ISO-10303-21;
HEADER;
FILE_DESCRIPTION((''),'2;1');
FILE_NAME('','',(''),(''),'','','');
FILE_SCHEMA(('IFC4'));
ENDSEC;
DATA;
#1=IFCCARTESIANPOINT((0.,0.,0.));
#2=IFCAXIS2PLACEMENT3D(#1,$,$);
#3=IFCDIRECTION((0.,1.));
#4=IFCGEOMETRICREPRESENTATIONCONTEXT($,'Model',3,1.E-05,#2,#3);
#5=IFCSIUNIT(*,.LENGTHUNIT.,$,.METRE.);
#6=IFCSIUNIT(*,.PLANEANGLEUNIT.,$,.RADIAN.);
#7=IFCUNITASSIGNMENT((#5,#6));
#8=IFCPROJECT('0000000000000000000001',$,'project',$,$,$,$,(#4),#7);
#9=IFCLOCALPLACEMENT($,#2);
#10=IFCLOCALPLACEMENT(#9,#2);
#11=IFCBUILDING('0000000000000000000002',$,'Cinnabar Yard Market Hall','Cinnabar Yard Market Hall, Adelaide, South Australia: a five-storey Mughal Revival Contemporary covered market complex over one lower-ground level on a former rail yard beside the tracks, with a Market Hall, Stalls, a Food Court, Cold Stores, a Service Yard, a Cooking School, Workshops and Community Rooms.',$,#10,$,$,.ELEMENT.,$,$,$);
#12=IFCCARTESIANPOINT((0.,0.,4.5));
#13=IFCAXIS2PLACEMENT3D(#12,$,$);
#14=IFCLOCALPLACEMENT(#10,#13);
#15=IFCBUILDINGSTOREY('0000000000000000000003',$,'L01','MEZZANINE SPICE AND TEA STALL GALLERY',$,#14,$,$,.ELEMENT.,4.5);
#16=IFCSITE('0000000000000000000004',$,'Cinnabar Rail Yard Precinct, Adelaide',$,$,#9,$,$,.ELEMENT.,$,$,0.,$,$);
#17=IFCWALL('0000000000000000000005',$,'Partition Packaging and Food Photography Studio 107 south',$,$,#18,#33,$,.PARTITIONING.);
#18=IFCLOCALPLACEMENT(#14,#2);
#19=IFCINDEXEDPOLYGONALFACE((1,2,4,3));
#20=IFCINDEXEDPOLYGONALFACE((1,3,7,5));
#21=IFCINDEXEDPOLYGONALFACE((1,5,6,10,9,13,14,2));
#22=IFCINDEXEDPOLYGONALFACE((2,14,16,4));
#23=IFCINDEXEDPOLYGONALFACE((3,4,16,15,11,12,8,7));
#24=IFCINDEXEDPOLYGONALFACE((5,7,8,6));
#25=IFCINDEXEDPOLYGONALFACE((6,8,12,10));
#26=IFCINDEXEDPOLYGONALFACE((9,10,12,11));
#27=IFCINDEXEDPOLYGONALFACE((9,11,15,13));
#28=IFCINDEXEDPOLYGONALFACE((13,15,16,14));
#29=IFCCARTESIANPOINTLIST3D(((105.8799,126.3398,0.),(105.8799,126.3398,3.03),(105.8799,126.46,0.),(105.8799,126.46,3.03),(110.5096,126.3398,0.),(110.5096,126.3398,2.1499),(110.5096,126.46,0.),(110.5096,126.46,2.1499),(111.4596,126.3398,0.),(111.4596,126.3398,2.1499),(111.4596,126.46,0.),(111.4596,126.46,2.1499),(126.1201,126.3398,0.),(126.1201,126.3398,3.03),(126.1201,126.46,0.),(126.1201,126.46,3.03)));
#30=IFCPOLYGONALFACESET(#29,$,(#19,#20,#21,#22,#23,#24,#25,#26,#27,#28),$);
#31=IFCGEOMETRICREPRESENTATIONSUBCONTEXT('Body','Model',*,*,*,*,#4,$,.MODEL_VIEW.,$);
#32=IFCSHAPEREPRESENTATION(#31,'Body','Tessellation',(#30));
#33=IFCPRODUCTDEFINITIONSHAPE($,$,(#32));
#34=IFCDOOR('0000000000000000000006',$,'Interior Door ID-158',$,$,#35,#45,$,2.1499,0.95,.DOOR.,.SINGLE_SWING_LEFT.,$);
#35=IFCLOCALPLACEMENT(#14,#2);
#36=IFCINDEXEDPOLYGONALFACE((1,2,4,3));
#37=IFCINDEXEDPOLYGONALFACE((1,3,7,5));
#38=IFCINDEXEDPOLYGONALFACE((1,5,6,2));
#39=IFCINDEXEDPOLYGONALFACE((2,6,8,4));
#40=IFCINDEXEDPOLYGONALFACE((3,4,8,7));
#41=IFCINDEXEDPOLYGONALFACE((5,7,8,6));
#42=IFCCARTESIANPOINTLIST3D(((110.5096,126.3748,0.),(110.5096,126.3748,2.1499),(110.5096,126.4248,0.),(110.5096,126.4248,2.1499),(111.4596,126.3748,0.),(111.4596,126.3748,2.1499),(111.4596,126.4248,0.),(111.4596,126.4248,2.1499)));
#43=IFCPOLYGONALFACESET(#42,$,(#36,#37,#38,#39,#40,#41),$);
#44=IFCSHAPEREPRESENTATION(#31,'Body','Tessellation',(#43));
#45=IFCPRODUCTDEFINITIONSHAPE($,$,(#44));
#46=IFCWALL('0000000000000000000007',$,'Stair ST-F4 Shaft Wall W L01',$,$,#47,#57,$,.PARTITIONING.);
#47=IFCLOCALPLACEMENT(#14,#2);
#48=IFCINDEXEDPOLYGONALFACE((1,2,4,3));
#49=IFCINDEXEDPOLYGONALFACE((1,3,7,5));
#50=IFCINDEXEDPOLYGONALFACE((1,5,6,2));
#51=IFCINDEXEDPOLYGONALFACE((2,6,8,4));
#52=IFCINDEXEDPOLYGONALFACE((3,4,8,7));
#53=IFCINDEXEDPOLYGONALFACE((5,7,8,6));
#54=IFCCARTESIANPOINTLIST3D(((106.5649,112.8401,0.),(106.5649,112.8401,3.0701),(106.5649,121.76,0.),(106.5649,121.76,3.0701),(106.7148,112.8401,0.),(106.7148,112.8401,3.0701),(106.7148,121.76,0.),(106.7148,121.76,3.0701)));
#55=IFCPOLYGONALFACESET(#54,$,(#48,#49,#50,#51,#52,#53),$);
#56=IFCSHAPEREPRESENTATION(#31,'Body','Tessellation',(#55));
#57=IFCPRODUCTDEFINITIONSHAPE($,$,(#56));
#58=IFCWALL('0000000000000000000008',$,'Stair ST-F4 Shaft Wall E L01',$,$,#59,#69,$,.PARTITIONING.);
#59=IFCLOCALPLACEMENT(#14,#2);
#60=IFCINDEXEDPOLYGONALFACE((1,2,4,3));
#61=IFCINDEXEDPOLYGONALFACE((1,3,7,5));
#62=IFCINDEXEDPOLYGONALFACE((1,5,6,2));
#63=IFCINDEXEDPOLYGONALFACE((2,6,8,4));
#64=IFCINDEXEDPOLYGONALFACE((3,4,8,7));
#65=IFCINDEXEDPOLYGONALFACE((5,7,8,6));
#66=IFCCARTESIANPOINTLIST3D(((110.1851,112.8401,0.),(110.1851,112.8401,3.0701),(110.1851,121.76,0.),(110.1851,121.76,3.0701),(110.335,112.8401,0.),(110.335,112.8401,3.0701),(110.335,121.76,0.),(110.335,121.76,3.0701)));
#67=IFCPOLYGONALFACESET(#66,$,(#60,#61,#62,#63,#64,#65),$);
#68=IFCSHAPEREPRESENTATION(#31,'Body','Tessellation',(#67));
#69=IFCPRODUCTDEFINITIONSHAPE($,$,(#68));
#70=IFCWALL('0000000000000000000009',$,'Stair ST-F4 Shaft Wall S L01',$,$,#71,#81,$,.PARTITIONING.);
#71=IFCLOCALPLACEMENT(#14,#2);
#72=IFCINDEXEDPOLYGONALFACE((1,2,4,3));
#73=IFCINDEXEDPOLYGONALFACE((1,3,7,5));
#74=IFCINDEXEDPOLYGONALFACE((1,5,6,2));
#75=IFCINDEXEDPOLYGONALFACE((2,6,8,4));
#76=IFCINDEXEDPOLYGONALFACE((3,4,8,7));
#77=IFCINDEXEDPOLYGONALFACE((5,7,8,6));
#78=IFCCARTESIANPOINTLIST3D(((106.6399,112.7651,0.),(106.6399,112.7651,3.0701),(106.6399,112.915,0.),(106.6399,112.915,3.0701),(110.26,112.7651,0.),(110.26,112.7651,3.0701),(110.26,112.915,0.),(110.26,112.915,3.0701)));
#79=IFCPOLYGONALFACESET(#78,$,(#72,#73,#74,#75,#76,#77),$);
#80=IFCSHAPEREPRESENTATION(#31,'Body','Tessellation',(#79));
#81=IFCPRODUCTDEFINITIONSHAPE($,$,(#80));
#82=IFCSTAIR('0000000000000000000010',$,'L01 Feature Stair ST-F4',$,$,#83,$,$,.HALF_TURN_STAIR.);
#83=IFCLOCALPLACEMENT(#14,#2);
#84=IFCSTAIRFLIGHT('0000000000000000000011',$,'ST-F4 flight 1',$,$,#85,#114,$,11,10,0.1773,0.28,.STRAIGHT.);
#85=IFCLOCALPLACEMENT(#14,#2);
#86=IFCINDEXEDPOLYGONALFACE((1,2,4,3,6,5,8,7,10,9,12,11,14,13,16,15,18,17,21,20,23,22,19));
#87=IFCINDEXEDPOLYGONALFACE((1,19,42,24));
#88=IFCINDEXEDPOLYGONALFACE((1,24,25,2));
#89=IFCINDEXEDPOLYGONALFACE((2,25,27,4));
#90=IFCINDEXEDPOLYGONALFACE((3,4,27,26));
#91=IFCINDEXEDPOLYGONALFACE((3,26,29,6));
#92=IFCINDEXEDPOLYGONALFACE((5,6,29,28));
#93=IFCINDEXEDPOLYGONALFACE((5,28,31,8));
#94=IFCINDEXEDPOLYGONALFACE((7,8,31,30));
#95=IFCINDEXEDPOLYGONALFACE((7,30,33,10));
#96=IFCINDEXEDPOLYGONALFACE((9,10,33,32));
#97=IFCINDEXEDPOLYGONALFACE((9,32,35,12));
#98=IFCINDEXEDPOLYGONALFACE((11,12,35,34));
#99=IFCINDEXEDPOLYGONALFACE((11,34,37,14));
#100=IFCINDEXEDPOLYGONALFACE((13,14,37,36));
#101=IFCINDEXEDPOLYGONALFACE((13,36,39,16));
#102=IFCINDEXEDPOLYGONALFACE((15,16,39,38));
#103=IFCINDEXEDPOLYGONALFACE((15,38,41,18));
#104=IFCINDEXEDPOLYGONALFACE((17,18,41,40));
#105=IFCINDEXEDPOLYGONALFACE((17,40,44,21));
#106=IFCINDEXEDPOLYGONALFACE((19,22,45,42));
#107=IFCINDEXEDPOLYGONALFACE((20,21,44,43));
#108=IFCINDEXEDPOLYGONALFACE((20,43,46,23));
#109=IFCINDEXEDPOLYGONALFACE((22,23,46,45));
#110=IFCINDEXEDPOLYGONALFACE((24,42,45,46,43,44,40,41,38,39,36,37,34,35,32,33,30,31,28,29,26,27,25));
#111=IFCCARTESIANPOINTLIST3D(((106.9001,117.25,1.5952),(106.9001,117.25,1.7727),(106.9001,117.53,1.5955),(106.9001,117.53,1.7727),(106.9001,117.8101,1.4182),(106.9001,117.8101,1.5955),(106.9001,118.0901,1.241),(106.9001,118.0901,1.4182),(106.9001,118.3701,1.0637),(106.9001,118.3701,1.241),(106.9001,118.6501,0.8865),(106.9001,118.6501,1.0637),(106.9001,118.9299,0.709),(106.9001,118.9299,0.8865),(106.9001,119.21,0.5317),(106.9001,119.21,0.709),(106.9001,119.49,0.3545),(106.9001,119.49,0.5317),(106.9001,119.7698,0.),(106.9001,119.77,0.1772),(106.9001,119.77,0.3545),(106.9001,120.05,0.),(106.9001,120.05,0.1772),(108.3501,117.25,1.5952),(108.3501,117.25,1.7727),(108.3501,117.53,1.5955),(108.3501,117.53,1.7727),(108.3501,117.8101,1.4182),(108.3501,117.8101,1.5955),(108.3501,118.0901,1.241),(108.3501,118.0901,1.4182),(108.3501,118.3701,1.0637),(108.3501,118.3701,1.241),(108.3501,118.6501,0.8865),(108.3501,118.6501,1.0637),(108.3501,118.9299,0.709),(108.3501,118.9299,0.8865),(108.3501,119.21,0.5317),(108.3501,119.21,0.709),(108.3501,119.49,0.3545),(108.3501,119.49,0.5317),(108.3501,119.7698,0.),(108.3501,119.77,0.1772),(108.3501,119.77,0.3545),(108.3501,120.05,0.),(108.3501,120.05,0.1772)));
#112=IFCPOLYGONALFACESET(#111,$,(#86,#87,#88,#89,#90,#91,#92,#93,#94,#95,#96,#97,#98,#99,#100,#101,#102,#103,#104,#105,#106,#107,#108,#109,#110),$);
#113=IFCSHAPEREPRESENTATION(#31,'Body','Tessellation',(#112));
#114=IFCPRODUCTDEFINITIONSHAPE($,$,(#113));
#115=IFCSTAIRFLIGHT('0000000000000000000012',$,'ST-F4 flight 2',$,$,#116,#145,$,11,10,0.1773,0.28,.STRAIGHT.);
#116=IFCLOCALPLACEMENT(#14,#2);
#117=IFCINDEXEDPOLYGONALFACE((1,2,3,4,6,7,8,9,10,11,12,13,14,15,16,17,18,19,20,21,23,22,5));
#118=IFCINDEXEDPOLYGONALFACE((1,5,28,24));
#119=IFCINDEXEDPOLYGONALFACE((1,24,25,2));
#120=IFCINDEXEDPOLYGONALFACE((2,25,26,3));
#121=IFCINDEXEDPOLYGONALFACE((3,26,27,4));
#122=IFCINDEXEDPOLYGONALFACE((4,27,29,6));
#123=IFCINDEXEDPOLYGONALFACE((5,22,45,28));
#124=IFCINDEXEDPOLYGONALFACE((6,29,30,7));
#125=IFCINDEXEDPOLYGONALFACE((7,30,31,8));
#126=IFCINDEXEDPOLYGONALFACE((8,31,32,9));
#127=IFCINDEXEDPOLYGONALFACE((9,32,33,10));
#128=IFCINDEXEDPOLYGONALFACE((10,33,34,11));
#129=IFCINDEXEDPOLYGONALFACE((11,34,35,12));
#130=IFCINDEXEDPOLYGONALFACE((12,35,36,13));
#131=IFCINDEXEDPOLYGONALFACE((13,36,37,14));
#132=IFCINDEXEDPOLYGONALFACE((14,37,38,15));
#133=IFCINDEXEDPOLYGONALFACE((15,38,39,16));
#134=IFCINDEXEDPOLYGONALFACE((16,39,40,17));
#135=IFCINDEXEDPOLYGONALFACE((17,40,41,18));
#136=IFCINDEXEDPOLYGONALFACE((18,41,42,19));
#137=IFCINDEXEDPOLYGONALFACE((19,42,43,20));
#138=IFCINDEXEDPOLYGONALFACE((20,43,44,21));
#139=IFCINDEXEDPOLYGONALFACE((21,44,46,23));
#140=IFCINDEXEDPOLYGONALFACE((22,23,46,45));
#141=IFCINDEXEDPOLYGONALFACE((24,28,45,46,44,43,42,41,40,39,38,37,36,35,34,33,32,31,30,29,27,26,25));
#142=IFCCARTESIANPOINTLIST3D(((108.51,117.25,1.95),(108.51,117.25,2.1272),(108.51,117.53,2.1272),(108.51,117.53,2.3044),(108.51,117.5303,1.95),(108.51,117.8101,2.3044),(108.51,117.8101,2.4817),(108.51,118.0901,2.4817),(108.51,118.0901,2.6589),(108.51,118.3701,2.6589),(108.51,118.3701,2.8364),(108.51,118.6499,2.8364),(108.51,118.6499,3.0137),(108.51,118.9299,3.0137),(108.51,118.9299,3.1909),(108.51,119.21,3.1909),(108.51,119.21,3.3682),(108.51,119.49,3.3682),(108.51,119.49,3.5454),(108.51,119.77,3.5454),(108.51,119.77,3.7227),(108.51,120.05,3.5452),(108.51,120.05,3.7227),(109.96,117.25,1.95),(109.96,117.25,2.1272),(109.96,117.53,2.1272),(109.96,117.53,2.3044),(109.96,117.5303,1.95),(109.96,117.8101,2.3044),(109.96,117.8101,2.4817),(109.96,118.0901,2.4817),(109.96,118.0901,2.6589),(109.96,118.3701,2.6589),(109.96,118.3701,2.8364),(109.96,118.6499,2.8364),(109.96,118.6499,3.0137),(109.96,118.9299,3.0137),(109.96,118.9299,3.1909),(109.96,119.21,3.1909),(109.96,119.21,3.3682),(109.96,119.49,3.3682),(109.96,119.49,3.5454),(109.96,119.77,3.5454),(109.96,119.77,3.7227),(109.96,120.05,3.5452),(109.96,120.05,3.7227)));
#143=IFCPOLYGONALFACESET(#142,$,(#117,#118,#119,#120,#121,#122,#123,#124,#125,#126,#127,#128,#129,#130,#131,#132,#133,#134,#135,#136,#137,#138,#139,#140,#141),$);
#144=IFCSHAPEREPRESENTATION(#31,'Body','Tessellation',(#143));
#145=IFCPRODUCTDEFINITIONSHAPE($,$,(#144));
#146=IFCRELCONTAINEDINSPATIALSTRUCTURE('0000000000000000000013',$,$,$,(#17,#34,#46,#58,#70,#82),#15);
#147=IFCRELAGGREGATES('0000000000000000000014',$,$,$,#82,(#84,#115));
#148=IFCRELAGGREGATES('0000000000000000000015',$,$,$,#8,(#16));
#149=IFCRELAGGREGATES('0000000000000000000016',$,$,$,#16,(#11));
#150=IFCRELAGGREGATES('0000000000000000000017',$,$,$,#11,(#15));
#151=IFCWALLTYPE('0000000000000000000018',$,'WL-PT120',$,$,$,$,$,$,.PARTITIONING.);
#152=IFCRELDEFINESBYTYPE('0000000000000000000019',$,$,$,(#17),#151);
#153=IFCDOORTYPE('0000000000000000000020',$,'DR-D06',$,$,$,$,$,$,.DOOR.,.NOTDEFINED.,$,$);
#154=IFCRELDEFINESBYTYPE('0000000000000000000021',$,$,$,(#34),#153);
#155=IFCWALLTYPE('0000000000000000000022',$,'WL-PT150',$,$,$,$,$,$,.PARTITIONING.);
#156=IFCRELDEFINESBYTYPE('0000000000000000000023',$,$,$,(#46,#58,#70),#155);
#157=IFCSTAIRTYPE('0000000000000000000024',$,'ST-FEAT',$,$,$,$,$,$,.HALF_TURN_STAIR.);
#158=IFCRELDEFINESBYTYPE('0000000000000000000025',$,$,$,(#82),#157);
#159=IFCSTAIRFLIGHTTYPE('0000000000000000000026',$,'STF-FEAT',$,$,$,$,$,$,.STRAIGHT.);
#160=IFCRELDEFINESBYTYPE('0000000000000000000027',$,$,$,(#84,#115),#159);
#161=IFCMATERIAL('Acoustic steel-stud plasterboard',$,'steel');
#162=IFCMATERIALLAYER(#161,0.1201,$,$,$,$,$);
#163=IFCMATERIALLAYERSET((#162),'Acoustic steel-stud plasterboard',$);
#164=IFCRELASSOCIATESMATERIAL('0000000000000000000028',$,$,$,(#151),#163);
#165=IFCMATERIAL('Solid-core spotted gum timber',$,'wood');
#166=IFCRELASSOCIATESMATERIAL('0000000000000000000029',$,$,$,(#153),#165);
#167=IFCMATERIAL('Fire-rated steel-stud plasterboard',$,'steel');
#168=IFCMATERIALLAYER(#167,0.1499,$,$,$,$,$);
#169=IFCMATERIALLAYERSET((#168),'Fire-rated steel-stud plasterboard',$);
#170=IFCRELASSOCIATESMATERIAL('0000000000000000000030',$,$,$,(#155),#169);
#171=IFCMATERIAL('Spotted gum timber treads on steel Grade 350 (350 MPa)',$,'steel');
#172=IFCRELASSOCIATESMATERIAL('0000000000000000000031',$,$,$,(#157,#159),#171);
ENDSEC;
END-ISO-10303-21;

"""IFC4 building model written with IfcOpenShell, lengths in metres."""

from ifc_helpers import new_model, si_unit, direction, frame, frame_2d, origin, place, context, subcontext, project, spatial, polyline, rectangle, outline, extrude, material, layer, layer_set, type_object, element, fill, aggregate, save


model = new_model("IFC4")

# Units and contexts
model_context = context("Model", 3, precision=1e-05, world=origin(), true_north=direction((0.0, 1.0)))
body_context = subcontext(model_context, "Body", "Model", "MODEL_VIEW")
ifc_project = project(units=[si_unit("LENGTHUNIT", "METRE"), si_unit("PLANEANGLEUNIT", "RADIAN")], contexts=[model_context])

# Site, building, storey
site_placement = place(None, origin())
site = spatial("IfcSite", under=ifc_project, at=site_placement, Name="Cinnabar Rail Yard Precinct, Adelaide", CompositionType="ELEMENT", RefElevation=0.0)
building_placement = place(site_placement, origin())
building = spatial("IfcBuilding", under=site, at=building_placement, Name="Cinnabar Yard Market Hall", Description="Cinnabar Yard Market Hall, Adelaide, South Australia: a five-storey Mughal Revival Contemporary covered market complex over one lower-ground level on a former rail yard beside the tracks, with a Market Hall, Stalls, a Food Court, Cold Stores, a Service Yard, a Cooking School, Workshops and Community Rooms.", CompositionType="ELEMENT")
storey_placement = place(building_placement, frame((0.0, 0.0, 4.5)))
storey = spatial("IfcBuildingStorey", under=building, at=storey_placement, Name="L01", Description="MEZZANINE SPICE AND TEA STALL GALLERY", CompositionType="ELEMENT", Elevation=4.5)

# Shared definitions
ifc_material_1 = material(Name="Acoustic steel-stud plasterboard", Category="steel")
ifc_layer_1 = layer(ifc_material_1, 0.1201)
ifc_layer_set_1 = layer_set([ifc_layer_1], Name="Acoustic steel-stud plasterboard")
wall_type_1 = type_object("IfcWallType", Name="WL-PT120", PredefinedType="PARTITIONING", material=ifc_layer_set_1)

# Wall, opening, door
ifc_material_2 = material(Name="Solid-core spotted gum timber", Category="wood")
wall_1_placement = place(storey_placement, frame((105.8799, 126.3999, 0.0), z_axis=(0.0, 0.0, 1.0), x_axis=(1.0, 0.0, 0.0)))
wall_1 = element("IfcWall", 1, at=wall_1_placement, inside=storey, type_object=wall_type_1, Name="Partition Packaging and Food Photography Studio 107 south", PredefinedType="PARTITIONING", context=body_context, shape_type="SweptSolid", body=[
    extrude(rectangle(XDim=20.2402, YDim=0.1201, at=frame_2d((10.1201, 0.0), x_axis=(1.0, 0.0))), origin(), (0.0, 0.0, 1.0), 3.03),
])
opening_1_placement = place(wall_1_placement, frame((4.6296, 0.0, 0.0)))
opening_1 = element("IfcOpeningElement", 2, at=opening_1_placement, cuts=wall_1, PredefinedType="OPENING", context=body_context, shape_type="SweptSolid", body=[
    extrude(rectangle(XDim=0.95, YDim=2.1499, at=frame_2d((0.4751, 1.075), x_axis=(1.0, 0.0))), frame((0.0, 0.0701, 0.0), z_axis=(0.0, -1.0, 0.0), x_axis=(1.0, 0.0, 0.0)), (0.0, 0.0, 1.0), 0.1401),
])
door_type_1 = type_object("IfcDoorType", Name="DR-D06", OperationType="NOTDEFINED", PredefinedType="DOOR", material=ifc_material_2)
door_1_placement = place(opening_1_placement, origin())
door_1 = element("IfcDoor", 3, at=door_1_placement, inside=storey, type_object=door_type_1, Name="Interior Door ID-158", OperationType="SINGLE_SWING_LEFT", OverallHeight=2.1499, OverallWidth=0.95, PredefinedType="DOOR", context=body_context, shape_type="SweptSolid", body=[
    extrude(rectangle(XDim=0.95, YDim=2.1499, at=frame_2d((0.4751, 1.075), x_axis=(1.0, 0.0))), frame((0.0, 0.0249, 0.0), z_axis=(0.0, -1.0, 0.0), x_axis=(1.0, 0.0, 0.0)), (0.0, 0.0, 1.0), 0.05),
])
fill(opening_1, door_1)

# Walls
ifc_material_3 = material(Name="Fire-rated steel-stud plasterboard", Category="steel")
ifc_layer_2 = layer(ifc_material_3, 0.1499)
ifc_layer_set_2 = layer_set([ifc_layer_2], Name="Fire-rated steel-stud plasterboard")
wall_type_2 = type_object("IfcWallType", Name="WL-PT150", PredefinedType="PARTITIONING", material=ifc_layer_set_2)
for number, where, z_axis, x_axis, name in (
    (4, (106.6399, 121.76, 0.0), (0.0, 0.0, 1.0), (0.0, -1.0, 0.0), "Stair ST-F4 Shaft Wall W L01"),
    (5, (110.26, 112.8401, 0.0), (0.0, 0.0, 1.0), (0.0, 1.0, 0.0), "Stair ST-F4 Shaft Wall E L01"),
):
    element("IfcWall", number, at=place(storey_placement, frame(where, z_axis=z_axis, x_axis=x_axis)), inside=storey, type_object=wall_type_2, Name=name, PredefinedType="PARTITIONING", context=body_context, shape_type="SweptSolid", body=[
        extrude(rectangle(XDim=8.9199, YDim=0.1499, at=frame_2d((4.46, 0.0), x_axis=(1.0, 0.0))), origin(), (0.0, 0.0, 1.0), 3.0701),
    ])
wall_2_placement = place(storey_placement, frame((106.6399, 112.8401, 0.0), z_axis=(0.0, 0.0, 1.0), x_axis=(1.0, 0.0, 0.0)))
element("IfcWall", 6, at=wall_2_placement, inside=storey, type_object=wall_type_2, Name="Stair ST-F4 Shaft Wall S L01", PredefinedType="PARTITIONING", context=body_context, shape_type="SweptSolid", body=[
    extrude(rectangle(XDim=3.6201, YDim=0.1499, at=frame_2d((1.8101, 0.0), x_axis=(1.0, 0.0))), origin(), (0.0, 0.0, 1.0), 3.0701),
])

# Stair, stair flights
ifc_material_4 = material(Name="Spotted gum timber treads on steel Grade 350 (350 MPa)", Category="steel")
stair_type = type_object("IfcStairType", Name="ST-FEAT", PredefinedType="HALF_TURN_STAIR", material=ifc_material_4)
stair_placement = place(storey_placement, origin())
stair = element("IfcStair", 7, at=stair_placement, inside=storey, type_object=stair_type, Name="L01 Feature Stair ST-F4", PredefinedType="HALF_TURN_STAIR")
stair_flight_type = type_object("IfcStairFlightType", Name="STF-FEAT", PredefinedType="STRAIGHT", material=ifc_material_4)
stair_flight_1_placement = place(storey_placement, frame((107.625, 120.05, 0.0), z_axis=(0.0, 0.0, 1.0), x_axis=(0.0, -1.0, 0.0)))
stair_flight_1 = element("IfcStairFlight", 8, at=stair_flight_1_placement, type_object=stair_flight_type, Name="ST-F4 flight 1", NumberOfRisers=11, NumberOfTreads=10, PredefinedType="STRAIGHT", RiserHeight=0.1773, TreadLength=0.28, context=body_context, shape_type="SweptSolid", body=[
    extrude(outline(polyline([(0.0, 0.0), (0.0, 0.1772), (0.28, 0.1772), (0.28, 0.3545), (0.5601, 0.3545), (0.5601, 0.5317), (0.8401, 0.5317), (0.8401, 0.709), (1.1201, 0.709), (1.1201, 0.8865), (1.3999, 0.8865), (1.3999, 1.0637), (1.6799, 1.0637), (1.6799, 1.241), (1.96, 1.241), (1.96, 1.4182), (2.24, 1.4182), (2.24, 1.5955), (2.52, 1.5955), (2.52, 1.7727), (2.8, 1.7727), (2.8, 1.95), (2.8, 1.5952), (0.2803, 0.0), (0.0, 0.0)])), frame((0.0, 0.7251, 0.0), z_axis=(0.0, -1.0, 0.0), x_axis=(1.0, 0.0, 0.0)), (0.0, 0.0, 1.0), 1.45),
])
stair_flight_2_placement = place(storey_placement, frame((109.2351, 117.25, 1.95), z_axis=(0.0, 0.0, 1.0), x_axis=(0.0, 1.0, 0.0)))
stair_flight_2 = element("IfcStairFlight", 9, at=stair_flight_2_placement, type_object=stair_flight_type, Name="ST-F4 flight 2", NumberOfRisers=11, NumberOfTreads=10, PredefinedType="STRAIGHT", RiserHeight=0.1773, TreadLength=0.28, context=body_context, shape_type="SweptSolid", body=[
    extrude(outline(polyline([(0.0, 0.0), (0.0, 0.1772), (0.28, 0.1772), (0.28, 0.3545), (0.5601, 0.3545), (0.5601, 0.5317), (0.8401, 0.5317), (0.8401, 0.709), (1.1201, 0.709), (1.1201, 0.8865), (1.3999, 0.8865), (1.3999, 1.0637), (1.6799, 1.0637), (1.6799, 1.241), (1.96, 1.241), (1.96, 1.4182), (2.24, 1.4182), (2.24, 1.5955), (2.52, 1.5955), (2.52, 1.7727), (2.8, 1.7727), (2.8, 1.95), (2.8, 1.5952), (0.2803, 0.0), (0.0, 0.0)])), frame((0.0, 0.7251, 0.0), z_axis=(0.0, -1.0, 0.0), x_axis=(1.0, 0.0, 0.0)), (0.0, 0.0, 1.0), 1.45),
])
aggregate(stair, [stair_flight_1, stair_flight_2])

save(model, "model.ifc")
